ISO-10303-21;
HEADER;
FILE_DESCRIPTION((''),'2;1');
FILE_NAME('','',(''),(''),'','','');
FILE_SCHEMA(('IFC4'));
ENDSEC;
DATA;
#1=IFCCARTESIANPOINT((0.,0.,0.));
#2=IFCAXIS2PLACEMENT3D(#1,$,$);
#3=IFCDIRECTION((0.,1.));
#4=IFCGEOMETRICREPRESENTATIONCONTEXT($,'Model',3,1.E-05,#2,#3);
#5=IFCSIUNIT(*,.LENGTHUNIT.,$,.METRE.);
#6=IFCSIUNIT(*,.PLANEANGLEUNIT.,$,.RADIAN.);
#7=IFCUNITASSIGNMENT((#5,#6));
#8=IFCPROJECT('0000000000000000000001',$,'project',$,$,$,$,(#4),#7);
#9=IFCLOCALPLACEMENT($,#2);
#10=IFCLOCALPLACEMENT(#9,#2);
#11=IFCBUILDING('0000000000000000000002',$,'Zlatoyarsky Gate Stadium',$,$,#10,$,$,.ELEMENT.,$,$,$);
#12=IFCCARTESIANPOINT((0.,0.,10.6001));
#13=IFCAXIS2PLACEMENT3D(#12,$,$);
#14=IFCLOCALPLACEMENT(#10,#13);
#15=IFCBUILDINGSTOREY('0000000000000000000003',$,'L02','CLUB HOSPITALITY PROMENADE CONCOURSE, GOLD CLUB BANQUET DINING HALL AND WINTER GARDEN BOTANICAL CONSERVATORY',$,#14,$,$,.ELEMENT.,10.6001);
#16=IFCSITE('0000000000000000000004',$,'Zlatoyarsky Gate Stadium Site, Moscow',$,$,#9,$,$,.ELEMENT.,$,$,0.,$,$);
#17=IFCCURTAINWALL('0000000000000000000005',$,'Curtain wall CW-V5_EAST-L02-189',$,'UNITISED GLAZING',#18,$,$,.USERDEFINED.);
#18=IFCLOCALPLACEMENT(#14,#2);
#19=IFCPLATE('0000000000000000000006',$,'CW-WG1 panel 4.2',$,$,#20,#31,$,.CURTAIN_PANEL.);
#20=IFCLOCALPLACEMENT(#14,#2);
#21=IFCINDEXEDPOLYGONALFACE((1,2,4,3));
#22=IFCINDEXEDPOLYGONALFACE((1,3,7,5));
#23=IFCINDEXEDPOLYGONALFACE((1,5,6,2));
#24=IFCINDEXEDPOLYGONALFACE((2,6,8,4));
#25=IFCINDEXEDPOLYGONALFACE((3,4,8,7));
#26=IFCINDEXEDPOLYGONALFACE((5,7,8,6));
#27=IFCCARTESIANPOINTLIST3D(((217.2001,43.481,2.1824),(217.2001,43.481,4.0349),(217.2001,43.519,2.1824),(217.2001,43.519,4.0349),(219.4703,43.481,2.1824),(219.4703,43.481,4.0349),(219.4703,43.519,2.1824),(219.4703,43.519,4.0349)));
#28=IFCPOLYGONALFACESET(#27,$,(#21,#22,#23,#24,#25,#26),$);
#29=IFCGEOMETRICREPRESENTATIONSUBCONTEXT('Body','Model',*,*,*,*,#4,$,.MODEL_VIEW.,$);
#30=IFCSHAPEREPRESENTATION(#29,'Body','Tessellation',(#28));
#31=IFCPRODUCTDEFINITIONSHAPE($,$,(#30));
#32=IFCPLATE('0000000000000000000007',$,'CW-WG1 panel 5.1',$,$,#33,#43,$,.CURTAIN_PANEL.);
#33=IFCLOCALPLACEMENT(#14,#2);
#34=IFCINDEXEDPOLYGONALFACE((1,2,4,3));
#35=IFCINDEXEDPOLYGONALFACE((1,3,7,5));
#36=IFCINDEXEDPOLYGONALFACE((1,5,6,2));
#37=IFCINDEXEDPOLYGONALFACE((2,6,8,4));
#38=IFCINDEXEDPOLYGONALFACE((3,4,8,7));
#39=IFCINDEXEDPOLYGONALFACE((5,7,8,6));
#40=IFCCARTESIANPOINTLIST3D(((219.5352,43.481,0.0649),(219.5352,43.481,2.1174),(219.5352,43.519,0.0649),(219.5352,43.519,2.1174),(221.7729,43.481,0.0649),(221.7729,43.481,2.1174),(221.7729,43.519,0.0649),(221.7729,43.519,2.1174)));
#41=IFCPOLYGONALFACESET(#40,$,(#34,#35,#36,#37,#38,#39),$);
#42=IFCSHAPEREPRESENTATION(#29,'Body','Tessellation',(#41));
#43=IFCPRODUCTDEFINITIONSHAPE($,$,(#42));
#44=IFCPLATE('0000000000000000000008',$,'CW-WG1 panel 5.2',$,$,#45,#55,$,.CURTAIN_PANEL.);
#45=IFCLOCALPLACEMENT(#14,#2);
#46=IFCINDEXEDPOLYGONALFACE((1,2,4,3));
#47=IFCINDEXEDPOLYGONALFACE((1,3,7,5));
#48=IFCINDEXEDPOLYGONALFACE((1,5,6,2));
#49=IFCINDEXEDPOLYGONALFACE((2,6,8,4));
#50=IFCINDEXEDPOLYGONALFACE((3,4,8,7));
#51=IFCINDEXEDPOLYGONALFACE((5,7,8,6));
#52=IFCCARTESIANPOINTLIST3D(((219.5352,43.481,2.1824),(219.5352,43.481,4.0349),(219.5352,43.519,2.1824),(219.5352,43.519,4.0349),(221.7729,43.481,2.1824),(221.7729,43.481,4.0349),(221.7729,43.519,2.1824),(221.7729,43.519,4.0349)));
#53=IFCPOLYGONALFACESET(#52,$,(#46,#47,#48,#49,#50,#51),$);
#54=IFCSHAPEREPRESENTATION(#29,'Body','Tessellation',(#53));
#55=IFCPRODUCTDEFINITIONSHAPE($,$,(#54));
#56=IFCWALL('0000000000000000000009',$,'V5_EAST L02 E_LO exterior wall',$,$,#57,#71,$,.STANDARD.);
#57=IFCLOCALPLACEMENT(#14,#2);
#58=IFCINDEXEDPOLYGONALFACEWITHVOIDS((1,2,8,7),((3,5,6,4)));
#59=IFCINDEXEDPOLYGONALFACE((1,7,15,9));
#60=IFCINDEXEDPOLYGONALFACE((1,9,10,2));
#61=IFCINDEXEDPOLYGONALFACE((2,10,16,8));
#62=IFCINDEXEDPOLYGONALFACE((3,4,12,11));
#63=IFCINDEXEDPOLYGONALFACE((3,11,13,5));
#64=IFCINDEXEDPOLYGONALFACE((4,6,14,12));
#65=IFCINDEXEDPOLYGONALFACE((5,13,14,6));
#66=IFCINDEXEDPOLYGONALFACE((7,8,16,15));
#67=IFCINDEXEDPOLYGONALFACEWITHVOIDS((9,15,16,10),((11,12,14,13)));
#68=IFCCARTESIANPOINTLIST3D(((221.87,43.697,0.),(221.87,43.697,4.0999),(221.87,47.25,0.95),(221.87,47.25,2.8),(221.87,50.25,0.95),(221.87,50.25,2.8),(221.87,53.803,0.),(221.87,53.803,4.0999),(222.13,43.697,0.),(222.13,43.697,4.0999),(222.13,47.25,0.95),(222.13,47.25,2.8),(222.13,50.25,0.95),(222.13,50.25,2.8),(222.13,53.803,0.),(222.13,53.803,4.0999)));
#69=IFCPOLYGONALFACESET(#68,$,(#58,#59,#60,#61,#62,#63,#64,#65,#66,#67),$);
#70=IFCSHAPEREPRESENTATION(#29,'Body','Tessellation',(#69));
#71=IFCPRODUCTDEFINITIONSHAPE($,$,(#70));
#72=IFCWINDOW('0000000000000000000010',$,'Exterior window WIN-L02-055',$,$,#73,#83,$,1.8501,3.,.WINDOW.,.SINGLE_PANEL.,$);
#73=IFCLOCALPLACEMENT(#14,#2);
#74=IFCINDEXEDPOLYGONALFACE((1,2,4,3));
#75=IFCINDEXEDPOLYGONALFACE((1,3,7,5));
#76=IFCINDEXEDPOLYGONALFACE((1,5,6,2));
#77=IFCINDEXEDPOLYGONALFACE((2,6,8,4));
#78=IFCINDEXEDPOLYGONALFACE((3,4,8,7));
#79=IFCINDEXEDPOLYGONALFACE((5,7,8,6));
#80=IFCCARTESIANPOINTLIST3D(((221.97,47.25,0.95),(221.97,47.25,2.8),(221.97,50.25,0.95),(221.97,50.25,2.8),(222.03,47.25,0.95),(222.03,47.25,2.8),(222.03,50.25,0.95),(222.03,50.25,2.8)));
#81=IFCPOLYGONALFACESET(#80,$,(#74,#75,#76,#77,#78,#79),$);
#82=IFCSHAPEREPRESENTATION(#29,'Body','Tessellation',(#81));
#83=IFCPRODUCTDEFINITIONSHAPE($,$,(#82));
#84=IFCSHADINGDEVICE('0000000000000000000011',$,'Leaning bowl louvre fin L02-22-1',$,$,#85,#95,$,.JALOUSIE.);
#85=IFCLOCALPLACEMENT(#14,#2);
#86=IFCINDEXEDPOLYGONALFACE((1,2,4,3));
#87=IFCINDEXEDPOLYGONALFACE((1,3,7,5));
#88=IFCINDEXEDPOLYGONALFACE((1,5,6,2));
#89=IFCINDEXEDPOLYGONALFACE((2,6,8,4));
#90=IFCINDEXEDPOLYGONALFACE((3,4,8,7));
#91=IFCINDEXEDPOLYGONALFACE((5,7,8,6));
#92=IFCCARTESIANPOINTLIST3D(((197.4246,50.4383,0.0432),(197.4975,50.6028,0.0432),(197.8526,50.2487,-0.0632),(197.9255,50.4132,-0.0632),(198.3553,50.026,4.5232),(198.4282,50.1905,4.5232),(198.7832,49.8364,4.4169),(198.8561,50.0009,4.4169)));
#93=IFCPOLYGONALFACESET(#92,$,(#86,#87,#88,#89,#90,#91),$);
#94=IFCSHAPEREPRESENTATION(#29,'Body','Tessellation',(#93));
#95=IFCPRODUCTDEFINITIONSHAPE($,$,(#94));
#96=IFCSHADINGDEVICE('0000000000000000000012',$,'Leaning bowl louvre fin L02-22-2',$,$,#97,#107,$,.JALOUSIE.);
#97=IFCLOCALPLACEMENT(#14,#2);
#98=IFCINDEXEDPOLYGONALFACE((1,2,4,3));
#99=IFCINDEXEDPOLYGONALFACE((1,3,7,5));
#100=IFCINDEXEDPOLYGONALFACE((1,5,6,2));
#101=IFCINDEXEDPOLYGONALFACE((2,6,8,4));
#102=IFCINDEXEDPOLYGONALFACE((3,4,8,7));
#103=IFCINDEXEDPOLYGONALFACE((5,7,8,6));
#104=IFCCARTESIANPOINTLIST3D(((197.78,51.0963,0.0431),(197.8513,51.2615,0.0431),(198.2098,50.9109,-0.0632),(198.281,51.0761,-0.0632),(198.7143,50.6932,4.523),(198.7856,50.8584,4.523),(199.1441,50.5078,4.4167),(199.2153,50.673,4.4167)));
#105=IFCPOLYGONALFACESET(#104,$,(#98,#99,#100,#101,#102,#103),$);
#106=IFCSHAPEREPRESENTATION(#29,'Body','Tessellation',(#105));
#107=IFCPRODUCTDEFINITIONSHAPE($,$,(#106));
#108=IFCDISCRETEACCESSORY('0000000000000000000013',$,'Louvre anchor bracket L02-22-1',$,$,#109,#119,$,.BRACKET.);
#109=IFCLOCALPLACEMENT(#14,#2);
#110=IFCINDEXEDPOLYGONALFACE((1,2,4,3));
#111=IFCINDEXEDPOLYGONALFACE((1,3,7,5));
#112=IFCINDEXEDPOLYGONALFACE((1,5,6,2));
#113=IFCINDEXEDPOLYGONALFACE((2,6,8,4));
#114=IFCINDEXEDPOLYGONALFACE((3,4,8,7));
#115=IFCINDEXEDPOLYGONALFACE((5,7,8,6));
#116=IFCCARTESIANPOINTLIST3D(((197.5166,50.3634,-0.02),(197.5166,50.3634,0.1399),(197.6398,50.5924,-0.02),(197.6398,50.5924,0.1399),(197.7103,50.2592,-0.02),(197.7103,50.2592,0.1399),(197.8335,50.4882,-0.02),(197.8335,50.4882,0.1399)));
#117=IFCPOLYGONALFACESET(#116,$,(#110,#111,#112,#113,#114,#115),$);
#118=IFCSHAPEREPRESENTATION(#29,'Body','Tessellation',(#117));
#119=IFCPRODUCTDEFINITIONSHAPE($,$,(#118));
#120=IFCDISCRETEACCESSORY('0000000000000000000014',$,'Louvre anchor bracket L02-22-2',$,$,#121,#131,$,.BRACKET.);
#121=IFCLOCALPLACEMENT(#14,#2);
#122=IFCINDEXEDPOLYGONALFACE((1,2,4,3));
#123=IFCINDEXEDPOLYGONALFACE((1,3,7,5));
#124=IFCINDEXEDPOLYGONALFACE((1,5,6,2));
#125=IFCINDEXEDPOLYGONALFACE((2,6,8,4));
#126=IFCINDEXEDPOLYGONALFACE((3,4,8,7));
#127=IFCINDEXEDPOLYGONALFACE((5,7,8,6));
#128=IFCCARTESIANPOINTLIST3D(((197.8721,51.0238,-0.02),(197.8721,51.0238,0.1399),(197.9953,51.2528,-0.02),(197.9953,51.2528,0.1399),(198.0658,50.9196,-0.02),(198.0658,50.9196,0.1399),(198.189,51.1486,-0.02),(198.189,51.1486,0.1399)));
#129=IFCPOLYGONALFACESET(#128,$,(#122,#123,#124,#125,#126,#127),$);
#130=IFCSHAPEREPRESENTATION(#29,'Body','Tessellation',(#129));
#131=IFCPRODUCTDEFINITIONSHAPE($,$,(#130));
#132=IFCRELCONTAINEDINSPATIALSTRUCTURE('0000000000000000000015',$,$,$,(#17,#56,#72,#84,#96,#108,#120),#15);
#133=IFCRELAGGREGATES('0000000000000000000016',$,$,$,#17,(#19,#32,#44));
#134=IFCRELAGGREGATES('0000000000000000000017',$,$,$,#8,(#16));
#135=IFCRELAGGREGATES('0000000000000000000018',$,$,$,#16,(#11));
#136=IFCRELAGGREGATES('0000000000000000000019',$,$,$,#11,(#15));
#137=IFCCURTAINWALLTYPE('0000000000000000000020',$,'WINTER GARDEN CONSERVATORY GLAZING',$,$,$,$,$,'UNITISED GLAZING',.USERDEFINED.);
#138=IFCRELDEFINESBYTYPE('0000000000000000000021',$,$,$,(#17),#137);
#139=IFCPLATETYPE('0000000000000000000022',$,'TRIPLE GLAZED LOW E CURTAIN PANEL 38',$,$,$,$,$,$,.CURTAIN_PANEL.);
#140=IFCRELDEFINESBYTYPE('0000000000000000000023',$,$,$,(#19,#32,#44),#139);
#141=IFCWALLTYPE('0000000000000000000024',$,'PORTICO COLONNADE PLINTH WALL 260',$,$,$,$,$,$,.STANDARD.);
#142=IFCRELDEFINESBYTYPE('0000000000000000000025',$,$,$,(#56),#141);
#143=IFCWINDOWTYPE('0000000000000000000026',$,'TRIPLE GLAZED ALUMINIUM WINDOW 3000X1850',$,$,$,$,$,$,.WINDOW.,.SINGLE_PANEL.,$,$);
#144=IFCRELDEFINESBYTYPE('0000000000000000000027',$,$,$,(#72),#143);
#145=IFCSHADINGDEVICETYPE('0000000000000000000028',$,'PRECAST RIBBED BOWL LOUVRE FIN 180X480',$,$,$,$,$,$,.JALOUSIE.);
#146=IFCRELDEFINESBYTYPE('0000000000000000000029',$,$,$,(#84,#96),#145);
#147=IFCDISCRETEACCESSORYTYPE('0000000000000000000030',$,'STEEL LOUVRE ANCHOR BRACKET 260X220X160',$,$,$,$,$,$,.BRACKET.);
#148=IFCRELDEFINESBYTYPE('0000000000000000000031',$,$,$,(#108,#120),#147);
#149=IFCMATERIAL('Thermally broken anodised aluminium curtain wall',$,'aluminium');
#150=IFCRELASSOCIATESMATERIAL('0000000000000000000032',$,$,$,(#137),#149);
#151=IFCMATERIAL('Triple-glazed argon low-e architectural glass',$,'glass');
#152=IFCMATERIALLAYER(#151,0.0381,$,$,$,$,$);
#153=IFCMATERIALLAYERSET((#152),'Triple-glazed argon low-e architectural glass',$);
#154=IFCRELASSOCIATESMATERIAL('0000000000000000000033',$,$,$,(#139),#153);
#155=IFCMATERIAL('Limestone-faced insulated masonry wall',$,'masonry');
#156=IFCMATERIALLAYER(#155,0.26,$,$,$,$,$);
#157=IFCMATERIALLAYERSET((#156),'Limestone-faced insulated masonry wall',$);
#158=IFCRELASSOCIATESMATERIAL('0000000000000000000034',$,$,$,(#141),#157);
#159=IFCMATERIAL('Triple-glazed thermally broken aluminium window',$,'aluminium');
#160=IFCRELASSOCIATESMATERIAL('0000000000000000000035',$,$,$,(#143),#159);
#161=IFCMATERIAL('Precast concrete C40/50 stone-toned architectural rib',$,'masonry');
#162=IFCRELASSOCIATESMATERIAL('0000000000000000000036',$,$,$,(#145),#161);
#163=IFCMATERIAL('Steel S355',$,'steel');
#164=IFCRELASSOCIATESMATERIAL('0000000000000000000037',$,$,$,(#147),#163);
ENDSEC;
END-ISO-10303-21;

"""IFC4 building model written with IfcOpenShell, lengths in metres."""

from ifc_helpers import new_model, si_unit, direction, frame, frame_2d, origin, origin_2d, place, context, subcontext, project, spatial, rectangle, extrude, material, layer, layer_set, material_profile, profile_set, type_object, element, fill, aggregate, save


model = new_model("IFC4")

# Units and contexts
model_context = context("Model", 3, precision=1e-05, world=origin(), true_north=direction((0.0, 1.0)))
body_context = subcontext(model_context, "Body", "Model", "MODEL_VIEW")
ifc_project = project(units=[si_unit("LENGTHUNIT", "METRE"), si_unit("PLANEANGLEUNIT", "RADIAN")], contexts=[model_context])

# Site, building, storey
site_placement = place(None, origin())
site = spatial("IfcSite", under=ifc_project, at=site_placement, Name="Zlatoyarsky Gate Stadium Site, Moscow", CompositionType="ELEMENT", RefElevation=0.0)
building_placement = place(site_placement, origin())
building = spatial("IfcBuilding", under=site, at=building_placement, Name="Zlatoyarsky Gate Stadium", CompositionType="ELEMENT")
storey_placement = place(building_placement, frame((0.0, 0.0, 10.6001)))
storey = spatial("IfcBuildingStorey", under=building, at=storey_placement, Name="L02", Description="CLUB HOSPITALITY PROMENADE CONCOURSE, GOLD CLUB BANQUET DINING HALL AND WINTER GARDEN BOTANICAL CONSERVATORY", CompositionType="ELEMENT", Elevation=10.6001)

# Shared definitions
ifc_material_1 = material(Name="Steel S355", Category="steel")

# Curtain wall
ifc_material_2 = material(Name="Thermally broken anodised aluminium curtain wall", Category="aluminium")
curtain_wall_type_1 = type_object("IfcCurtainWallType", Name="WINTER GARDEN CONSERVATORY GLAZING", ElementType="UNITISED GLAZING", PredefinedType="USERDEFINED", material=ifc_material_2)
curtain_wall_1_placement = place(storey_placement, origin())
curtain_wall_1 = element("IfcCurtainWall", 1, at=curtain_wall_1_placement, inside=storey, type_object=curtain_wall_type_1, Name="Curtain wall CW-V5_EAST-L02-189", ObjectType="UNITISED GLAZING", PredefinedType="USERDEFINED")

# Plates
ifc_material_3 = material(Name="Triple-glazed argon low-e architectural glass", Category="glass")
ifc_layer_1 = layer(ifc_material_3, 0.0381)
ifc_layer_set_1 = layer_set([ifc_layer_1], Name="Triple-glazed argon low-e architectural glass")
plate_type = type_object("IfcPlateType", Name="TRIPLE GLAZED LOW E CURTAIN PANEL 38", PredefinedType="CURTAIN_PANEL", material=ifc_layer_set_1)
plate_1_placement = place(storey_placement, frame((218.3352, 43.5, 2.1824), z_axis=(0.0, 0.0, 1.0), x_axis=(1.0, 0.0, 0.0)))
plate_1 = element("IfcPlate", 2, at=plate_1_placement, type_object=plate_type, Name="CW-WG1 panel 4.2", PredefinedType="CURTAIN_PANEL", context=body_context, shape_type="SweptSolid", body=[
    extrude(rectangle(XDim=2.2703, YDim=0.0381, at=origin_2d()), origin(), (0.0, 0.0, 1.0), 1.8525),
])
plate_2_placement = place(storey_placement, frame((220.6541, 43.5, 0.0649), z_axis=(0.0, 0.0, 1.0), x_axis=(1.0, 0.0, 0.0)))
plate_2 = element("IfcPlate", 3, at=plate_2_placement, type_object=plate_type, Name="CW-WG1 panel 5.1", PredefinedType="CURTAIN_PANEL", context=body_context, shape_type="SweptSolid", body=[
    extrude(rectangle(XDim=2.2378, YDim=0.0381, at=origin_2d()), origin(), (0.0, 0.0, 1.0), 2.0525),
])
plate_3_placement = place(storey_placement, frame((220.6541, 43.5, 2.1824), z_axis=(0.0, 0.0, 1.0), x_axis=(1.0, 0.0, 0.0)))
plate_3 = element("IfcPlate", 4, at=plate_3_placement, type_object=plate_type, Name="CW-WG1 panel 5.2", PredefinedType="CURTAIN_PANEL", context=body_context, shape_type="SweptSolid", body=[
    extrude(rectangle(XDim=2.2378, YDim=0.0381, at=origin_2d()), origin(), (0.0, 0.0, 1.0), 1.8525),
])
aggregate(curtain_wall_1, [plate_1, plate_2, plate_3])

# Wall, opening, window
ifc_material_4 = material(Name="Limestone-faced insulated masonry wall", Category="masonry")
ifc_layer_2 = layer(ifc_material_4, 0.26)
ifc_layer_set_2 = layer_set([ifc_layer_2], Name="Limestone-faced insulated masonry wall")
wall_type = type_object("IfcWallType", Name="PORTICO COLONNADE PLINTH WALL 260", PredefinedType="STANDARD", material=ifc_layer_set_2)
wall_placement = place(storey_placement, frame((222.0, 43.697, 0.0), z_axis=(0.0, 0.0, 1.0), x_axis=(0.0, 1.0, 0.0)))
wall = element("IfcWall", 5, at=wall_placement, inside=storey, type_object=wall_type, Name="V5_EAST L02 E_LO exterior wall", PredefinedType="STANDARD", context=body_context, shape_type="SweptSolid", body=[
    extrude(rectangle(XDim=10.106, YDim=0.26, at=frame_2d((5.053, 0.0))), origin(), (0.0, 0.0, 1.0), 4.0999),
])
opening_placement = place(wall_placement, frame((3.553, 0.0, 0.95)))
opening = element("IfcOpeningElement", 6, at=opening_placement, cuts=wall, PredefinedType="OPENING", context=body_context, shape_type="SweptSolid", body=[
    extrude(rectangle(XDim=3.0, YDim=1.8501, at=frame_2d((1.5, 0.925))), frame((0.0, 0.1399, 0.0), z_axis=(0.0, -1.0, 0.0), x_axis=(1.0, 0.0, 0.0)), (0.0, 0.0, 1.0), 0.28),
])
ifc_material_5 = material(Name="Triple-glazed thermally broken aluminium window", Category="aluminium")
window_type = type_object("IfcWindowType", Name="TRIPLE GLAZED ALUMINIUM WINDOW 3000X1850", PartitioningType="SINGLE_PANEL", PredefinedType="WINDOW", material=ifc_material_5)
window_placement = place(opening_placement, origin())
window = element("IfcWindow", 7, at=window_placement, inside=storey, type_object=window_type, Name="Exterior window WIN-L02-055", OverallHeight=1.8501, OverallWidth=3.0, PartitioningType="SINGLE_PANEL", PredefinedType="WINDOW", context=body_context, shape_type="SweptSolid", body=[
    extrude(rectangle(XDim=3.0, YDim=1.8501, at=frame_2d((1.5, 0.925))), frame((0.0, 0.03, 0.0), z_axis=(0.0, -1.0, 0.0), x_axis=(1.0, 0.0, 0.0)), (0.0, 0.0, 1.0), 0.0601),
])
fill(opening, window)

# Shading devices
ifc_material_6 = material(Name="Precast concrete C40/50 stone-toned architectural rib", Category="masonry")
ifc_material_profile_1 = material_profile(ifc_material_6, rectangle(XDim=0.1799, YDim=0.48, at=origin_2d()), Name="RIB 180X480")
ifc_profile_set_1 = profile_set([ifc_material_profile_1], Name="Precast concrete C40/50 stone-toned architectural rib")
shading_device_type = type_object("IfcShadingDeviceType", Name="PRECAST RIBBED BOWL LOUVRE FIN 180X480", PredefinedType="JALOUSIE", material=ifc_profile_set_1)
shading_device_1_placement = place(storey_placement, frame((197.675, 50.4258, -0.01), z_axis=(0.202575, -0.089756, 0.975145), x_axis=(0.405092, 0.914276, 0.0)))
element("IfcShadingDevice", 8, at=shading_device_1_placement, inside=storey, type_object=shading_device_type, Name="Leaning bowl louvre fin L02-22-1", PredefinedType="JALOUSIE", context=body_context, shape_type="SweptSolid", body=[
    extrude(rectangle(XDim=0.1799, YDim=0.48, at=origin_2d()), origin(), (0.0, 0.0, 1.0), 4.5942),
])
shading_device_2_placement = place(storey_placement, frame((198.0305, 51.0862, -0.01), z_axis=(0.203376, -0.087738, 0.975162), x_axis=(0.396119, 0.918199, 0.0)))
element("IfcShadingDevice", 9, at=shading_device_2_placement, inside=storey, type_object=shading_device_type, Name="Leaning bowl louvre fin L02-22-2", PredefinedType="JALOUSIE", context=body_context, shape_type="SweptSolid", body=[
    extrude(rectangle(XDim=0.1799, YDim=0.48, at=origin_2d()), origin(), (0.0, 0.0, 1.0), 4.594),
])

# Discrete accessories
discrete_accessory_type = type_object("IfcDiscreteAccessoryType", Name="STEEL LOUVRE ANCHOR BRACKET 260X220X160", PredefinedType="BRACKET", material=ifc_material_1)
for number, where, z_axis, x_axis, name in (
    (10, (197.675, 50.4258, -0.02), (0.0, 0.0, 1.0), (0.473804, 0.88063, 0.0), "Louvre anchor bracket L02-22-1"),
    (11, (198.0305, 51.0862, -0.02), (0.0, 0.0, 1.0), (0.473804, 0.88063, 0.0), "Louvre anchor bracket L02-22-2"),
):
    element("IfcDiscreteAccessory", number, at=place(storey_placement, frame(where, z_axis=z_axis, x_axis=x_axis)), inside=storey, type_object=discrete_accessory_type, Name=name, PredefinedType="BRACKET", context=body_context, shape_type="SweptSolid", body=[
        extrude(rectangle(XDim=0.26, YDim=0.22, at=origin_2d()), origin(), (0.0, 0.0, 1.0), 0.1599),
    ])

save(model, "model.ifc")
